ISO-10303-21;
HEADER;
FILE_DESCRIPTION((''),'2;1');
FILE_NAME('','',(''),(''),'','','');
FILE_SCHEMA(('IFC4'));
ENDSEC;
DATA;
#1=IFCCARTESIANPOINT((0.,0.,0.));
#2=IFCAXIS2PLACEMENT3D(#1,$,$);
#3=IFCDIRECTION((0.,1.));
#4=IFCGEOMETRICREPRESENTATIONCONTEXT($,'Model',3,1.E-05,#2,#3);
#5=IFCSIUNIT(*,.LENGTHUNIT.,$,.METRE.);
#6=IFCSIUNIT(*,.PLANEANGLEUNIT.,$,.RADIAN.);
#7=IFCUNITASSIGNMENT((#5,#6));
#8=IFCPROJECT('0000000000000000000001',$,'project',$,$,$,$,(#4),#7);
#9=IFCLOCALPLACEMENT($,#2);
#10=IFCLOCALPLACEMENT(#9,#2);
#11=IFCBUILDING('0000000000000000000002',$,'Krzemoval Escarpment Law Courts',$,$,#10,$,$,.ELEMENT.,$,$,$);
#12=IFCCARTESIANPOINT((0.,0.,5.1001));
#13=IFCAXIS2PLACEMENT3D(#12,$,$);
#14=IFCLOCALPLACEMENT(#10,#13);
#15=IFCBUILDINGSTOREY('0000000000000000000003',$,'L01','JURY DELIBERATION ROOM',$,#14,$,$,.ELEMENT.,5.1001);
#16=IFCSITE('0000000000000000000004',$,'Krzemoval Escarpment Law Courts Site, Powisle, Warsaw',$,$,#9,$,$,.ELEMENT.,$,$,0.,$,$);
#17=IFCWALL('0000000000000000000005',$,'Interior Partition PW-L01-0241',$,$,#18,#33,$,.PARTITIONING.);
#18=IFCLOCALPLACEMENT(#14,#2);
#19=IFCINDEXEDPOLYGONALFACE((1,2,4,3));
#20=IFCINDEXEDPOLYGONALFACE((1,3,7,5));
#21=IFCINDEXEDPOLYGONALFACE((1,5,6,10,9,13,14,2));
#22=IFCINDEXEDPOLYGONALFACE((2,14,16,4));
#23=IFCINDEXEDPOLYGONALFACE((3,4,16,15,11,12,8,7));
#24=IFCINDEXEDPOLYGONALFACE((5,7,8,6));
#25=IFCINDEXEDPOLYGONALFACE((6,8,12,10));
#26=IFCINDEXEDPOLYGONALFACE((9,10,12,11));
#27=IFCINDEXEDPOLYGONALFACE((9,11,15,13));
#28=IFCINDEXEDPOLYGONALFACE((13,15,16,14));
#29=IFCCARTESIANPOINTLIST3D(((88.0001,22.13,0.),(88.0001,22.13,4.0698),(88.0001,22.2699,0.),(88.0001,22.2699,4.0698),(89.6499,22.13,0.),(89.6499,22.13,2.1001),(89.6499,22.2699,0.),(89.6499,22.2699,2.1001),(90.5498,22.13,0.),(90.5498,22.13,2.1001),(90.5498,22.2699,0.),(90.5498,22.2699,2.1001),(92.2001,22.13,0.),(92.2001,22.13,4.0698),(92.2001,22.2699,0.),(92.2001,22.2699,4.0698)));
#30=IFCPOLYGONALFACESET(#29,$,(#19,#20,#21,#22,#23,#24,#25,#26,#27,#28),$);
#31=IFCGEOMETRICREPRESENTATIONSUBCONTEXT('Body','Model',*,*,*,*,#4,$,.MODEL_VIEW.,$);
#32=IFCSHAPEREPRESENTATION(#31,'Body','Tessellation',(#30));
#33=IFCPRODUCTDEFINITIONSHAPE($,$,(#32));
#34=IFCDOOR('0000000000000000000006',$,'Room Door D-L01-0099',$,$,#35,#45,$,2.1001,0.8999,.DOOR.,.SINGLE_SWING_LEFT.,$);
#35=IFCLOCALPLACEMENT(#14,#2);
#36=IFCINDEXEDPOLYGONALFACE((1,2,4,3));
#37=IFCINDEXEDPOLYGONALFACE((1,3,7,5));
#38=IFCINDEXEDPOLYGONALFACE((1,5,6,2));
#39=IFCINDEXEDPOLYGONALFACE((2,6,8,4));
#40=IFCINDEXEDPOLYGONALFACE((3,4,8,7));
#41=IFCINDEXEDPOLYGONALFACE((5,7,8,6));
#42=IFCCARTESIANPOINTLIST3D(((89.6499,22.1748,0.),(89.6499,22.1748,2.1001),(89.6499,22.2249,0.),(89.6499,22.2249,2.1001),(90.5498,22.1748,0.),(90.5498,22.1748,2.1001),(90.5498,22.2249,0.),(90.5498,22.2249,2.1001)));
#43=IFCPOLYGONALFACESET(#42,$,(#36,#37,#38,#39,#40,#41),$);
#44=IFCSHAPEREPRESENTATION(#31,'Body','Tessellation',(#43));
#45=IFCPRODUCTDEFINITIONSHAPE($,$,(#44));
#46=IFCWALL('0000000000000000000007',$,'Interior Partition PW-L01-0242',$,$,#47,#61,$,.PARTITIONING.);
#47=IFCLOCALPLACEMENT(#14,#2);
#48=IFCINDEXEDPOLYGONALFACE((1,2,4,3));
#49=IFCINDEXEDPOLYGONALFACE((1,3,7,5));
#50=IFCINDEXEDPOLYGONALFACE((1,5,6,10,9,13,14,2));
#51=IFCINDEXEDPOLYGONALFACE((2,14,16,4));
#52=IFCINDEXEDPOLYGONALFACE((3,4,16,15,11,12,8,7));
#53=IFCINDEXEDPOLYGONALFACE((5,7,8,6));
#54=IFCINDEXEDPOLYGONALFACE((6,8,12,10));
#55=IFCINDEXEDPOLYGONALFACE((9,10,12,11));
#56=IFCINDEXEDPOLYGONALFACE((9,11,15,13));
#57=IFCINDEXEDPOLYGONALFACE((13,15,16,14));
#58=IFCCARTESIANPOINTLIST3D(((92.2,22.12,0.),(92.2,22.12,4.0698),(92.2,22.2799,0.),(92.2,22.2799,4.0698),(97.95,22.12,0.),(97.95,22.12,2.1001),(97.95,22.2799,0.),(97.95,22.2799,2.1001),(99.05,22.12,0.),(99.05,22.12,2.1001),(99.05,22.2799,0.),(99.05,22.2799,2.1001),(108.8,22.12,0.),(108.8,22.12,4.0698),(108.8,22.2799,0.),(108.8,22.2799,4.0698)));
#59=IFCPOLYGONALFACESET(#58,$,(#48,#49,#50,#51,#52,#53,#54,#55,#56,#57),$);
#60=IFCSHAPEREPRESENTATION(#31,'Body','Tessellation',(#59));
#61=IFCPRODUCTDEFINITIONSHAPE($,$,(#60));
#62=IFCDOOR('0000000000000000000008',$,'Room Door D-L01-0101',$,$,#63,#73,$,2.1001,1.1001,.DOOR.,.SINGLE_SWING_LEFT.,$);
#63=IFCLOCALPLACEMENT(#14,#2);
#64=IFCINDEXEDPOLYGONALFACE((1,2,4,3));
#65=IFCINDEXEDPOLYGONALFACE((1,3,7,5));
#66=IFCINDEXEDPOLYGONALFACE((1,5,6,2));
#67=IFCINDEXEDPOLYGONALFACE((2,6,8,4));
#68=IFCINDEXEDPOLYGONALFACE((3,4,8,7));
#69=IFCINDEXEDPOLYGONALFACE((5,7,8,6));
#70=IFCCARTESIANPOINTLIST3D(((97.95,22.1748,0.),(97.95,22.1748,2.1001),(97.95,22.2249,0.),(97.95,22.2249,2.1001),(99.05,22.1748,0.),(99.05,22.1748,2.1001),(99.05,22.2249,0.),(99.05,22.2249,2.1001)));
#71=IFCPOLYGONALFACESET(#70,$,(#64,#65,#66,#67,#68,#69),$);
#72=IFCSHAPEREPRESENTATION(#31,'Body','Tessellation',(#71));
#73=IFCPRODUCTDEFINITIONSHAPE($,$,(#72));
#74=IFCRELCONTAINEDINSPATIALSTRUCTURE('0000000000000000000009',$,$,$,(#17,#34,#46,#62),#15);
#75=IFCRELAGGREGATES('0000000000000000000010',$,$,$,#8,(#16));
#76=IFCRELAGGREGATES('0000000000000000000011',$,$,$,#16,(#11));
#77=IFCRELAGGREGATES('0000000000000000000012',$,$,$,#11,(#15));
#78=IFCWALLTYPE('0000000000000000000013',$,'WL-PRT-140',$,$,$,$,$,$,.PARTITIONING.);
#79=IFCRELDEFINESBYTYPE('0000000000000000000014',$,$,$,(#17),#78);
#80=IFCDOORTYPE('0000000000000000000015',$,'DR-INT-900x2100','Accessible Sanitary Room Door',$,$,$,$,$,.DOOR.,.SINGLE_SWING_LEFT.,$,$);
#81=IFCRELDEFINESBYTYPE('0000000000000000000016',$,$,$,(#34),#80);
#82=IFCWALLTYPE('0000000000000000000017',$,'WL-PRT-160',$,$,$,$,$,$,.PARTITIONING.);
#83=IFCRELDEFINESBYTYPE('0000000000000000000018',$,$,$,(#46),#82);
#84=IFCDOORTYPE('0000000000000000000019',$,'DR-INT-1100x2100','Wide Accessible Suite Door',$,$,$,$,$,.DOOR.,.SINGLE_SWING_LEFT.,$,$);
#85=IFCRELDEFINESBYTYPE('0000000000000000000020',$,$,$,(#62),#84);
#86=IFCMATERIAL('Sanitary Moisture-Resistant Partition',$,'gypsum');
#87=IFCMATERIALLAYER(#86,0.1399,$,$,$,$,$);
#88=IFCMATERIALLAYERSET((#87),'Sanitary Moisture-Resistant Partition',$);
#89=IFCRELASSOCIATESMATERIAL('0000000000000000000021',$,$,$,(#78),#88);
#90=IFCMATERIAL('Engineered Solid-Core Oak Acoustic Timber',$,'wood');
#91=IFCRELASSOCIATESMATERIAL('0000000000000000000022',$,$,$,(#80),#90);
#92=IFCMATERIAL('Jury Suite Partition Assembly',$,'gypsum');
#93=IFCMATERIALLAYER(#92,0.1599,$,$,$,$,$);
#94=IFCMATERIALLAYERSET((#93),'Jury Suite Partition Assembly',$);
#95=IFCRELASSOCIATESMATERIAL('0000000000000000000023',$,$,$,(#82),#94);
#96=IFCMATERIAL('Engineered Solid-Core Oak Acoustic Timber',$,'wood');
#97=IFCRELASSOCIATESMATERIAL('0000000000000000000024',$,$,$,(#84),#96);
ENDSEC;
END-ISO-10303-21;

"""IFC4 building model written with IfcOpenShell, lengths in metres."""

from ifc_helpers import new_model, si_unit, direction, frame, frame_2d, origin, place, context, subcontext, project, spatial, rectangle, extrude, material, layer, layer_set, type_object, element, fill, save


model = new_model("IFC4")

# Units and contexts
model_context = context("Model", 3, precision=1e-05, world=origin(), true_north=direction((0.0, 1.0)))
body_context = subcontext(model_context, "Body", "Model", "MODEL_VIEW")
ifc_project = project(units=[si_unit("LENGTHUNIT", "METRE"), si_unit("PLANEANGLEUNIT", "RADIAN")], contexts=[model_context])

# Site, building, storey
site_placement = place(None, origin())
site = spatial("IfcSite", under=ifc_project, at=site_placement, Name="Krzemoval Escarpment Law Courts Site, Powisle, Warsaw", CompositionType="ELEMENT", RefElevation=0.0)
building_placement = place(site_placement, origin())
building = spatial("IfcBuilding", under=site, at=building_placement, Name="Krzemoval Escarpment Law Courts", CompositionType="ELEMENT")
storey_placement = place(building_placement, frame((0.0, 0.0, 5.1001)))
storey = spatial("IfcBuildingStorey", under=building, at=storey_placement, Name="L01", Description="JURY DELIBERATION ROOM", CompositionType="ELEMENT", Elevation=5.1001)

# Walls, openings, doors
ifc_material_1 = material(Name="Sanitary Moisture-Resistant Partition", Category="gypsum")
ifc_layer_1 = layer(ifc_material_1, 0.1399)
ifc_layer_set_1 = layer_set([ifc_layer_1], Name="Sanitary Moisture-Resistant Partition")
wall_type_1 = type_object("IfcWallType", Name="WL-PRT-140", PredefinedType="PARTITIONING", material=ifc_layer_set_1)
wall_1_placement = place(storey_placement, frame((88.0, 22.2, 0.0), z_axis=(0.0, 0.0, 1.0), x_axis=(1.0, 0.0, 0.0)))
wall_1 = element("IfcWall", 1, at=wall_1_placement, inside=storey, type_object=wall_type_1, Name="Interior Partition PW-L01-0241", PredefinedType="PARTITIONING", context=body_context, shape_type="SweptSolid", body=[
    extrude(rectangle(XDim=4.2, YDim=0.1399, at=frame_2d((2.1001, 0.0))), origin(), (0.0, 0.0, 1.0), 4.0698),
])
opening_1_placement = place(wall_1_placement, frame((1.6499, 0.0, 0.0)))
opening_1 = element("IfcOpeningElement", 2, at=opening_1_placement, cuts=wall_1, PredefinedType="OPENING", context=body_context, shape_type="SweptSolid", body=[
    extrude(rectangle(XDim=0.8999, YDim=2.1001, at=frame_2d((0.45, 1.05))), frame((0.0, 0.0849, 0.0), z_axis=(0.0, -1.0, 0.0), x_axis=(1.0, 0.0, 0.0)), (0.0, 0.0, 1.0), 0.1699),
])
ifc_material_2 = material(Name="Engineered Solid-Core Oak Acoustic Timber", Category="wood")
door_type_1 = type_object("IfcDoorType", Name="DR-INT-900x2100", Description="Accessible Sanitary Room Door", OperationType="SINGLE_SWING_LEFT", PredefinedType="DOOR", material=ifc_material_2)
door_1_placement = place(opening_1_placement, origin())
door_1 = element("IfcDoor", 3, at=door_1_placement, inside=storey, type_object=door_type_1, Name="Room Door D-L01-0099", OperationType="SINGLE_SWING_LEFT", OverallHeight=2.1001, OverallWidth=0.8999, PredefinedType="DOOR", context=body_context, shape_type="SweptSolid", body=[
    extrude(rectangle(XDim=0.8999, YDim=2.1001, at=frame_2d((0.45, 1.05))), frame((0.0, 0.0249, 0.0), z_axis=(0.0, -1.0, 0.0), x_axis=(1.0, 0.0, 0.0)), (0.0, 0.0, 1.0), 0.05),
])
fill(opening_1, door_1)
ifc_material_3 = material(Name="Jury Suite Partition Assembly", Category="gypsum")
ifc_layer_2 = layer(ifc_material_3, 0.1599)
ifc_layer_set_2 = layer_set([ifc_layer_2], Name="Jury Suite Partition Assembly")
wall_type_2 = type_object("IfcWallType", Name="WL-PRT-160", PredefinedType="PARTITIONING", material=ifc_layer_set_2)
wall_2_placement = place(storey_placement, frame((92.2, 22.2, 0.0), z_axis=(0.0, 0.0, 1.0), x_axis=(1.0, 0.0, 0.0)))
wall_2 = element("IfcWall", 4, at=wall_2_placement, inside=storey, type_object=wall_type_2, Name="Interior Partition PW-L01-0242", PredefinedType="PARTITIONING", context=body_context, shape_type="SweptSolid", body=[
    extrude(rectangle(XDim=16.6001, YDim=0.1599, at=frame_2d((8.3, 0.0))), origin(), (0.0, 0.0, 1.0), 4.0698),
])
opening_2_placement = place(wall_2_placement, frame((5.75, 0.0, 0.0)))
opening_2 = element("IfcOpeningElement", 5, at=opening_2_placement, cuts=wall_2, PredefinedType="OPENING", context=body_context, shape_type="SweptSolid", body=[
    extrude(rectangle(XDim=1.1001, YDim=2.1001, at=frame_2d((0.55, 1.05))), frame((0.0, 0.095, 0.0), z_axis=(0.0, -1.0, 0.0), x_axis=(1.0, 0.0, 0.0)), (0.0, 0.0, 1.0), 0.1899),
])
ifc_material_4 = material(Name="Engineered Solid-Core Oak Acoustic Timber", Category="wood")
door_type_2 = type_object("IfcDoorType", Name="DR-INT-1100x2100", Description="Wide Accessible Suite Door", OperationType="SINGLE_SWING_LEFT", PredefinedType="DOOR", material=ifc_material_4)
door_2_placement = place(opening_2_placement, origin())
door_2 = element("IfcDoor", 6, at=door_2_placement, inside=storey, type_object=door_type_2, Name="Room Door D-L01-0101", OperationType="SINGLE_SWING_LEFT", OverallHeight=2.1001, OverallWidth=1.1001, PredefinedType="DOOR", context=body_context, shape_type="SweptSolid", body=[
    extrude(rectangle(XDim=1.1001, YDim=2.1001, at=frame_2d((0.55, 1.05))), frame((0.0, 0.0249, 0.0), z_axis=(0.0, -1.0, 0.0), x_axis=(1.0, 0.0, 0.0)), (0.0, 0.0, 1.0), 0.05),
])
fill(opening_2, door_2)

save(model, "model.ifc")
